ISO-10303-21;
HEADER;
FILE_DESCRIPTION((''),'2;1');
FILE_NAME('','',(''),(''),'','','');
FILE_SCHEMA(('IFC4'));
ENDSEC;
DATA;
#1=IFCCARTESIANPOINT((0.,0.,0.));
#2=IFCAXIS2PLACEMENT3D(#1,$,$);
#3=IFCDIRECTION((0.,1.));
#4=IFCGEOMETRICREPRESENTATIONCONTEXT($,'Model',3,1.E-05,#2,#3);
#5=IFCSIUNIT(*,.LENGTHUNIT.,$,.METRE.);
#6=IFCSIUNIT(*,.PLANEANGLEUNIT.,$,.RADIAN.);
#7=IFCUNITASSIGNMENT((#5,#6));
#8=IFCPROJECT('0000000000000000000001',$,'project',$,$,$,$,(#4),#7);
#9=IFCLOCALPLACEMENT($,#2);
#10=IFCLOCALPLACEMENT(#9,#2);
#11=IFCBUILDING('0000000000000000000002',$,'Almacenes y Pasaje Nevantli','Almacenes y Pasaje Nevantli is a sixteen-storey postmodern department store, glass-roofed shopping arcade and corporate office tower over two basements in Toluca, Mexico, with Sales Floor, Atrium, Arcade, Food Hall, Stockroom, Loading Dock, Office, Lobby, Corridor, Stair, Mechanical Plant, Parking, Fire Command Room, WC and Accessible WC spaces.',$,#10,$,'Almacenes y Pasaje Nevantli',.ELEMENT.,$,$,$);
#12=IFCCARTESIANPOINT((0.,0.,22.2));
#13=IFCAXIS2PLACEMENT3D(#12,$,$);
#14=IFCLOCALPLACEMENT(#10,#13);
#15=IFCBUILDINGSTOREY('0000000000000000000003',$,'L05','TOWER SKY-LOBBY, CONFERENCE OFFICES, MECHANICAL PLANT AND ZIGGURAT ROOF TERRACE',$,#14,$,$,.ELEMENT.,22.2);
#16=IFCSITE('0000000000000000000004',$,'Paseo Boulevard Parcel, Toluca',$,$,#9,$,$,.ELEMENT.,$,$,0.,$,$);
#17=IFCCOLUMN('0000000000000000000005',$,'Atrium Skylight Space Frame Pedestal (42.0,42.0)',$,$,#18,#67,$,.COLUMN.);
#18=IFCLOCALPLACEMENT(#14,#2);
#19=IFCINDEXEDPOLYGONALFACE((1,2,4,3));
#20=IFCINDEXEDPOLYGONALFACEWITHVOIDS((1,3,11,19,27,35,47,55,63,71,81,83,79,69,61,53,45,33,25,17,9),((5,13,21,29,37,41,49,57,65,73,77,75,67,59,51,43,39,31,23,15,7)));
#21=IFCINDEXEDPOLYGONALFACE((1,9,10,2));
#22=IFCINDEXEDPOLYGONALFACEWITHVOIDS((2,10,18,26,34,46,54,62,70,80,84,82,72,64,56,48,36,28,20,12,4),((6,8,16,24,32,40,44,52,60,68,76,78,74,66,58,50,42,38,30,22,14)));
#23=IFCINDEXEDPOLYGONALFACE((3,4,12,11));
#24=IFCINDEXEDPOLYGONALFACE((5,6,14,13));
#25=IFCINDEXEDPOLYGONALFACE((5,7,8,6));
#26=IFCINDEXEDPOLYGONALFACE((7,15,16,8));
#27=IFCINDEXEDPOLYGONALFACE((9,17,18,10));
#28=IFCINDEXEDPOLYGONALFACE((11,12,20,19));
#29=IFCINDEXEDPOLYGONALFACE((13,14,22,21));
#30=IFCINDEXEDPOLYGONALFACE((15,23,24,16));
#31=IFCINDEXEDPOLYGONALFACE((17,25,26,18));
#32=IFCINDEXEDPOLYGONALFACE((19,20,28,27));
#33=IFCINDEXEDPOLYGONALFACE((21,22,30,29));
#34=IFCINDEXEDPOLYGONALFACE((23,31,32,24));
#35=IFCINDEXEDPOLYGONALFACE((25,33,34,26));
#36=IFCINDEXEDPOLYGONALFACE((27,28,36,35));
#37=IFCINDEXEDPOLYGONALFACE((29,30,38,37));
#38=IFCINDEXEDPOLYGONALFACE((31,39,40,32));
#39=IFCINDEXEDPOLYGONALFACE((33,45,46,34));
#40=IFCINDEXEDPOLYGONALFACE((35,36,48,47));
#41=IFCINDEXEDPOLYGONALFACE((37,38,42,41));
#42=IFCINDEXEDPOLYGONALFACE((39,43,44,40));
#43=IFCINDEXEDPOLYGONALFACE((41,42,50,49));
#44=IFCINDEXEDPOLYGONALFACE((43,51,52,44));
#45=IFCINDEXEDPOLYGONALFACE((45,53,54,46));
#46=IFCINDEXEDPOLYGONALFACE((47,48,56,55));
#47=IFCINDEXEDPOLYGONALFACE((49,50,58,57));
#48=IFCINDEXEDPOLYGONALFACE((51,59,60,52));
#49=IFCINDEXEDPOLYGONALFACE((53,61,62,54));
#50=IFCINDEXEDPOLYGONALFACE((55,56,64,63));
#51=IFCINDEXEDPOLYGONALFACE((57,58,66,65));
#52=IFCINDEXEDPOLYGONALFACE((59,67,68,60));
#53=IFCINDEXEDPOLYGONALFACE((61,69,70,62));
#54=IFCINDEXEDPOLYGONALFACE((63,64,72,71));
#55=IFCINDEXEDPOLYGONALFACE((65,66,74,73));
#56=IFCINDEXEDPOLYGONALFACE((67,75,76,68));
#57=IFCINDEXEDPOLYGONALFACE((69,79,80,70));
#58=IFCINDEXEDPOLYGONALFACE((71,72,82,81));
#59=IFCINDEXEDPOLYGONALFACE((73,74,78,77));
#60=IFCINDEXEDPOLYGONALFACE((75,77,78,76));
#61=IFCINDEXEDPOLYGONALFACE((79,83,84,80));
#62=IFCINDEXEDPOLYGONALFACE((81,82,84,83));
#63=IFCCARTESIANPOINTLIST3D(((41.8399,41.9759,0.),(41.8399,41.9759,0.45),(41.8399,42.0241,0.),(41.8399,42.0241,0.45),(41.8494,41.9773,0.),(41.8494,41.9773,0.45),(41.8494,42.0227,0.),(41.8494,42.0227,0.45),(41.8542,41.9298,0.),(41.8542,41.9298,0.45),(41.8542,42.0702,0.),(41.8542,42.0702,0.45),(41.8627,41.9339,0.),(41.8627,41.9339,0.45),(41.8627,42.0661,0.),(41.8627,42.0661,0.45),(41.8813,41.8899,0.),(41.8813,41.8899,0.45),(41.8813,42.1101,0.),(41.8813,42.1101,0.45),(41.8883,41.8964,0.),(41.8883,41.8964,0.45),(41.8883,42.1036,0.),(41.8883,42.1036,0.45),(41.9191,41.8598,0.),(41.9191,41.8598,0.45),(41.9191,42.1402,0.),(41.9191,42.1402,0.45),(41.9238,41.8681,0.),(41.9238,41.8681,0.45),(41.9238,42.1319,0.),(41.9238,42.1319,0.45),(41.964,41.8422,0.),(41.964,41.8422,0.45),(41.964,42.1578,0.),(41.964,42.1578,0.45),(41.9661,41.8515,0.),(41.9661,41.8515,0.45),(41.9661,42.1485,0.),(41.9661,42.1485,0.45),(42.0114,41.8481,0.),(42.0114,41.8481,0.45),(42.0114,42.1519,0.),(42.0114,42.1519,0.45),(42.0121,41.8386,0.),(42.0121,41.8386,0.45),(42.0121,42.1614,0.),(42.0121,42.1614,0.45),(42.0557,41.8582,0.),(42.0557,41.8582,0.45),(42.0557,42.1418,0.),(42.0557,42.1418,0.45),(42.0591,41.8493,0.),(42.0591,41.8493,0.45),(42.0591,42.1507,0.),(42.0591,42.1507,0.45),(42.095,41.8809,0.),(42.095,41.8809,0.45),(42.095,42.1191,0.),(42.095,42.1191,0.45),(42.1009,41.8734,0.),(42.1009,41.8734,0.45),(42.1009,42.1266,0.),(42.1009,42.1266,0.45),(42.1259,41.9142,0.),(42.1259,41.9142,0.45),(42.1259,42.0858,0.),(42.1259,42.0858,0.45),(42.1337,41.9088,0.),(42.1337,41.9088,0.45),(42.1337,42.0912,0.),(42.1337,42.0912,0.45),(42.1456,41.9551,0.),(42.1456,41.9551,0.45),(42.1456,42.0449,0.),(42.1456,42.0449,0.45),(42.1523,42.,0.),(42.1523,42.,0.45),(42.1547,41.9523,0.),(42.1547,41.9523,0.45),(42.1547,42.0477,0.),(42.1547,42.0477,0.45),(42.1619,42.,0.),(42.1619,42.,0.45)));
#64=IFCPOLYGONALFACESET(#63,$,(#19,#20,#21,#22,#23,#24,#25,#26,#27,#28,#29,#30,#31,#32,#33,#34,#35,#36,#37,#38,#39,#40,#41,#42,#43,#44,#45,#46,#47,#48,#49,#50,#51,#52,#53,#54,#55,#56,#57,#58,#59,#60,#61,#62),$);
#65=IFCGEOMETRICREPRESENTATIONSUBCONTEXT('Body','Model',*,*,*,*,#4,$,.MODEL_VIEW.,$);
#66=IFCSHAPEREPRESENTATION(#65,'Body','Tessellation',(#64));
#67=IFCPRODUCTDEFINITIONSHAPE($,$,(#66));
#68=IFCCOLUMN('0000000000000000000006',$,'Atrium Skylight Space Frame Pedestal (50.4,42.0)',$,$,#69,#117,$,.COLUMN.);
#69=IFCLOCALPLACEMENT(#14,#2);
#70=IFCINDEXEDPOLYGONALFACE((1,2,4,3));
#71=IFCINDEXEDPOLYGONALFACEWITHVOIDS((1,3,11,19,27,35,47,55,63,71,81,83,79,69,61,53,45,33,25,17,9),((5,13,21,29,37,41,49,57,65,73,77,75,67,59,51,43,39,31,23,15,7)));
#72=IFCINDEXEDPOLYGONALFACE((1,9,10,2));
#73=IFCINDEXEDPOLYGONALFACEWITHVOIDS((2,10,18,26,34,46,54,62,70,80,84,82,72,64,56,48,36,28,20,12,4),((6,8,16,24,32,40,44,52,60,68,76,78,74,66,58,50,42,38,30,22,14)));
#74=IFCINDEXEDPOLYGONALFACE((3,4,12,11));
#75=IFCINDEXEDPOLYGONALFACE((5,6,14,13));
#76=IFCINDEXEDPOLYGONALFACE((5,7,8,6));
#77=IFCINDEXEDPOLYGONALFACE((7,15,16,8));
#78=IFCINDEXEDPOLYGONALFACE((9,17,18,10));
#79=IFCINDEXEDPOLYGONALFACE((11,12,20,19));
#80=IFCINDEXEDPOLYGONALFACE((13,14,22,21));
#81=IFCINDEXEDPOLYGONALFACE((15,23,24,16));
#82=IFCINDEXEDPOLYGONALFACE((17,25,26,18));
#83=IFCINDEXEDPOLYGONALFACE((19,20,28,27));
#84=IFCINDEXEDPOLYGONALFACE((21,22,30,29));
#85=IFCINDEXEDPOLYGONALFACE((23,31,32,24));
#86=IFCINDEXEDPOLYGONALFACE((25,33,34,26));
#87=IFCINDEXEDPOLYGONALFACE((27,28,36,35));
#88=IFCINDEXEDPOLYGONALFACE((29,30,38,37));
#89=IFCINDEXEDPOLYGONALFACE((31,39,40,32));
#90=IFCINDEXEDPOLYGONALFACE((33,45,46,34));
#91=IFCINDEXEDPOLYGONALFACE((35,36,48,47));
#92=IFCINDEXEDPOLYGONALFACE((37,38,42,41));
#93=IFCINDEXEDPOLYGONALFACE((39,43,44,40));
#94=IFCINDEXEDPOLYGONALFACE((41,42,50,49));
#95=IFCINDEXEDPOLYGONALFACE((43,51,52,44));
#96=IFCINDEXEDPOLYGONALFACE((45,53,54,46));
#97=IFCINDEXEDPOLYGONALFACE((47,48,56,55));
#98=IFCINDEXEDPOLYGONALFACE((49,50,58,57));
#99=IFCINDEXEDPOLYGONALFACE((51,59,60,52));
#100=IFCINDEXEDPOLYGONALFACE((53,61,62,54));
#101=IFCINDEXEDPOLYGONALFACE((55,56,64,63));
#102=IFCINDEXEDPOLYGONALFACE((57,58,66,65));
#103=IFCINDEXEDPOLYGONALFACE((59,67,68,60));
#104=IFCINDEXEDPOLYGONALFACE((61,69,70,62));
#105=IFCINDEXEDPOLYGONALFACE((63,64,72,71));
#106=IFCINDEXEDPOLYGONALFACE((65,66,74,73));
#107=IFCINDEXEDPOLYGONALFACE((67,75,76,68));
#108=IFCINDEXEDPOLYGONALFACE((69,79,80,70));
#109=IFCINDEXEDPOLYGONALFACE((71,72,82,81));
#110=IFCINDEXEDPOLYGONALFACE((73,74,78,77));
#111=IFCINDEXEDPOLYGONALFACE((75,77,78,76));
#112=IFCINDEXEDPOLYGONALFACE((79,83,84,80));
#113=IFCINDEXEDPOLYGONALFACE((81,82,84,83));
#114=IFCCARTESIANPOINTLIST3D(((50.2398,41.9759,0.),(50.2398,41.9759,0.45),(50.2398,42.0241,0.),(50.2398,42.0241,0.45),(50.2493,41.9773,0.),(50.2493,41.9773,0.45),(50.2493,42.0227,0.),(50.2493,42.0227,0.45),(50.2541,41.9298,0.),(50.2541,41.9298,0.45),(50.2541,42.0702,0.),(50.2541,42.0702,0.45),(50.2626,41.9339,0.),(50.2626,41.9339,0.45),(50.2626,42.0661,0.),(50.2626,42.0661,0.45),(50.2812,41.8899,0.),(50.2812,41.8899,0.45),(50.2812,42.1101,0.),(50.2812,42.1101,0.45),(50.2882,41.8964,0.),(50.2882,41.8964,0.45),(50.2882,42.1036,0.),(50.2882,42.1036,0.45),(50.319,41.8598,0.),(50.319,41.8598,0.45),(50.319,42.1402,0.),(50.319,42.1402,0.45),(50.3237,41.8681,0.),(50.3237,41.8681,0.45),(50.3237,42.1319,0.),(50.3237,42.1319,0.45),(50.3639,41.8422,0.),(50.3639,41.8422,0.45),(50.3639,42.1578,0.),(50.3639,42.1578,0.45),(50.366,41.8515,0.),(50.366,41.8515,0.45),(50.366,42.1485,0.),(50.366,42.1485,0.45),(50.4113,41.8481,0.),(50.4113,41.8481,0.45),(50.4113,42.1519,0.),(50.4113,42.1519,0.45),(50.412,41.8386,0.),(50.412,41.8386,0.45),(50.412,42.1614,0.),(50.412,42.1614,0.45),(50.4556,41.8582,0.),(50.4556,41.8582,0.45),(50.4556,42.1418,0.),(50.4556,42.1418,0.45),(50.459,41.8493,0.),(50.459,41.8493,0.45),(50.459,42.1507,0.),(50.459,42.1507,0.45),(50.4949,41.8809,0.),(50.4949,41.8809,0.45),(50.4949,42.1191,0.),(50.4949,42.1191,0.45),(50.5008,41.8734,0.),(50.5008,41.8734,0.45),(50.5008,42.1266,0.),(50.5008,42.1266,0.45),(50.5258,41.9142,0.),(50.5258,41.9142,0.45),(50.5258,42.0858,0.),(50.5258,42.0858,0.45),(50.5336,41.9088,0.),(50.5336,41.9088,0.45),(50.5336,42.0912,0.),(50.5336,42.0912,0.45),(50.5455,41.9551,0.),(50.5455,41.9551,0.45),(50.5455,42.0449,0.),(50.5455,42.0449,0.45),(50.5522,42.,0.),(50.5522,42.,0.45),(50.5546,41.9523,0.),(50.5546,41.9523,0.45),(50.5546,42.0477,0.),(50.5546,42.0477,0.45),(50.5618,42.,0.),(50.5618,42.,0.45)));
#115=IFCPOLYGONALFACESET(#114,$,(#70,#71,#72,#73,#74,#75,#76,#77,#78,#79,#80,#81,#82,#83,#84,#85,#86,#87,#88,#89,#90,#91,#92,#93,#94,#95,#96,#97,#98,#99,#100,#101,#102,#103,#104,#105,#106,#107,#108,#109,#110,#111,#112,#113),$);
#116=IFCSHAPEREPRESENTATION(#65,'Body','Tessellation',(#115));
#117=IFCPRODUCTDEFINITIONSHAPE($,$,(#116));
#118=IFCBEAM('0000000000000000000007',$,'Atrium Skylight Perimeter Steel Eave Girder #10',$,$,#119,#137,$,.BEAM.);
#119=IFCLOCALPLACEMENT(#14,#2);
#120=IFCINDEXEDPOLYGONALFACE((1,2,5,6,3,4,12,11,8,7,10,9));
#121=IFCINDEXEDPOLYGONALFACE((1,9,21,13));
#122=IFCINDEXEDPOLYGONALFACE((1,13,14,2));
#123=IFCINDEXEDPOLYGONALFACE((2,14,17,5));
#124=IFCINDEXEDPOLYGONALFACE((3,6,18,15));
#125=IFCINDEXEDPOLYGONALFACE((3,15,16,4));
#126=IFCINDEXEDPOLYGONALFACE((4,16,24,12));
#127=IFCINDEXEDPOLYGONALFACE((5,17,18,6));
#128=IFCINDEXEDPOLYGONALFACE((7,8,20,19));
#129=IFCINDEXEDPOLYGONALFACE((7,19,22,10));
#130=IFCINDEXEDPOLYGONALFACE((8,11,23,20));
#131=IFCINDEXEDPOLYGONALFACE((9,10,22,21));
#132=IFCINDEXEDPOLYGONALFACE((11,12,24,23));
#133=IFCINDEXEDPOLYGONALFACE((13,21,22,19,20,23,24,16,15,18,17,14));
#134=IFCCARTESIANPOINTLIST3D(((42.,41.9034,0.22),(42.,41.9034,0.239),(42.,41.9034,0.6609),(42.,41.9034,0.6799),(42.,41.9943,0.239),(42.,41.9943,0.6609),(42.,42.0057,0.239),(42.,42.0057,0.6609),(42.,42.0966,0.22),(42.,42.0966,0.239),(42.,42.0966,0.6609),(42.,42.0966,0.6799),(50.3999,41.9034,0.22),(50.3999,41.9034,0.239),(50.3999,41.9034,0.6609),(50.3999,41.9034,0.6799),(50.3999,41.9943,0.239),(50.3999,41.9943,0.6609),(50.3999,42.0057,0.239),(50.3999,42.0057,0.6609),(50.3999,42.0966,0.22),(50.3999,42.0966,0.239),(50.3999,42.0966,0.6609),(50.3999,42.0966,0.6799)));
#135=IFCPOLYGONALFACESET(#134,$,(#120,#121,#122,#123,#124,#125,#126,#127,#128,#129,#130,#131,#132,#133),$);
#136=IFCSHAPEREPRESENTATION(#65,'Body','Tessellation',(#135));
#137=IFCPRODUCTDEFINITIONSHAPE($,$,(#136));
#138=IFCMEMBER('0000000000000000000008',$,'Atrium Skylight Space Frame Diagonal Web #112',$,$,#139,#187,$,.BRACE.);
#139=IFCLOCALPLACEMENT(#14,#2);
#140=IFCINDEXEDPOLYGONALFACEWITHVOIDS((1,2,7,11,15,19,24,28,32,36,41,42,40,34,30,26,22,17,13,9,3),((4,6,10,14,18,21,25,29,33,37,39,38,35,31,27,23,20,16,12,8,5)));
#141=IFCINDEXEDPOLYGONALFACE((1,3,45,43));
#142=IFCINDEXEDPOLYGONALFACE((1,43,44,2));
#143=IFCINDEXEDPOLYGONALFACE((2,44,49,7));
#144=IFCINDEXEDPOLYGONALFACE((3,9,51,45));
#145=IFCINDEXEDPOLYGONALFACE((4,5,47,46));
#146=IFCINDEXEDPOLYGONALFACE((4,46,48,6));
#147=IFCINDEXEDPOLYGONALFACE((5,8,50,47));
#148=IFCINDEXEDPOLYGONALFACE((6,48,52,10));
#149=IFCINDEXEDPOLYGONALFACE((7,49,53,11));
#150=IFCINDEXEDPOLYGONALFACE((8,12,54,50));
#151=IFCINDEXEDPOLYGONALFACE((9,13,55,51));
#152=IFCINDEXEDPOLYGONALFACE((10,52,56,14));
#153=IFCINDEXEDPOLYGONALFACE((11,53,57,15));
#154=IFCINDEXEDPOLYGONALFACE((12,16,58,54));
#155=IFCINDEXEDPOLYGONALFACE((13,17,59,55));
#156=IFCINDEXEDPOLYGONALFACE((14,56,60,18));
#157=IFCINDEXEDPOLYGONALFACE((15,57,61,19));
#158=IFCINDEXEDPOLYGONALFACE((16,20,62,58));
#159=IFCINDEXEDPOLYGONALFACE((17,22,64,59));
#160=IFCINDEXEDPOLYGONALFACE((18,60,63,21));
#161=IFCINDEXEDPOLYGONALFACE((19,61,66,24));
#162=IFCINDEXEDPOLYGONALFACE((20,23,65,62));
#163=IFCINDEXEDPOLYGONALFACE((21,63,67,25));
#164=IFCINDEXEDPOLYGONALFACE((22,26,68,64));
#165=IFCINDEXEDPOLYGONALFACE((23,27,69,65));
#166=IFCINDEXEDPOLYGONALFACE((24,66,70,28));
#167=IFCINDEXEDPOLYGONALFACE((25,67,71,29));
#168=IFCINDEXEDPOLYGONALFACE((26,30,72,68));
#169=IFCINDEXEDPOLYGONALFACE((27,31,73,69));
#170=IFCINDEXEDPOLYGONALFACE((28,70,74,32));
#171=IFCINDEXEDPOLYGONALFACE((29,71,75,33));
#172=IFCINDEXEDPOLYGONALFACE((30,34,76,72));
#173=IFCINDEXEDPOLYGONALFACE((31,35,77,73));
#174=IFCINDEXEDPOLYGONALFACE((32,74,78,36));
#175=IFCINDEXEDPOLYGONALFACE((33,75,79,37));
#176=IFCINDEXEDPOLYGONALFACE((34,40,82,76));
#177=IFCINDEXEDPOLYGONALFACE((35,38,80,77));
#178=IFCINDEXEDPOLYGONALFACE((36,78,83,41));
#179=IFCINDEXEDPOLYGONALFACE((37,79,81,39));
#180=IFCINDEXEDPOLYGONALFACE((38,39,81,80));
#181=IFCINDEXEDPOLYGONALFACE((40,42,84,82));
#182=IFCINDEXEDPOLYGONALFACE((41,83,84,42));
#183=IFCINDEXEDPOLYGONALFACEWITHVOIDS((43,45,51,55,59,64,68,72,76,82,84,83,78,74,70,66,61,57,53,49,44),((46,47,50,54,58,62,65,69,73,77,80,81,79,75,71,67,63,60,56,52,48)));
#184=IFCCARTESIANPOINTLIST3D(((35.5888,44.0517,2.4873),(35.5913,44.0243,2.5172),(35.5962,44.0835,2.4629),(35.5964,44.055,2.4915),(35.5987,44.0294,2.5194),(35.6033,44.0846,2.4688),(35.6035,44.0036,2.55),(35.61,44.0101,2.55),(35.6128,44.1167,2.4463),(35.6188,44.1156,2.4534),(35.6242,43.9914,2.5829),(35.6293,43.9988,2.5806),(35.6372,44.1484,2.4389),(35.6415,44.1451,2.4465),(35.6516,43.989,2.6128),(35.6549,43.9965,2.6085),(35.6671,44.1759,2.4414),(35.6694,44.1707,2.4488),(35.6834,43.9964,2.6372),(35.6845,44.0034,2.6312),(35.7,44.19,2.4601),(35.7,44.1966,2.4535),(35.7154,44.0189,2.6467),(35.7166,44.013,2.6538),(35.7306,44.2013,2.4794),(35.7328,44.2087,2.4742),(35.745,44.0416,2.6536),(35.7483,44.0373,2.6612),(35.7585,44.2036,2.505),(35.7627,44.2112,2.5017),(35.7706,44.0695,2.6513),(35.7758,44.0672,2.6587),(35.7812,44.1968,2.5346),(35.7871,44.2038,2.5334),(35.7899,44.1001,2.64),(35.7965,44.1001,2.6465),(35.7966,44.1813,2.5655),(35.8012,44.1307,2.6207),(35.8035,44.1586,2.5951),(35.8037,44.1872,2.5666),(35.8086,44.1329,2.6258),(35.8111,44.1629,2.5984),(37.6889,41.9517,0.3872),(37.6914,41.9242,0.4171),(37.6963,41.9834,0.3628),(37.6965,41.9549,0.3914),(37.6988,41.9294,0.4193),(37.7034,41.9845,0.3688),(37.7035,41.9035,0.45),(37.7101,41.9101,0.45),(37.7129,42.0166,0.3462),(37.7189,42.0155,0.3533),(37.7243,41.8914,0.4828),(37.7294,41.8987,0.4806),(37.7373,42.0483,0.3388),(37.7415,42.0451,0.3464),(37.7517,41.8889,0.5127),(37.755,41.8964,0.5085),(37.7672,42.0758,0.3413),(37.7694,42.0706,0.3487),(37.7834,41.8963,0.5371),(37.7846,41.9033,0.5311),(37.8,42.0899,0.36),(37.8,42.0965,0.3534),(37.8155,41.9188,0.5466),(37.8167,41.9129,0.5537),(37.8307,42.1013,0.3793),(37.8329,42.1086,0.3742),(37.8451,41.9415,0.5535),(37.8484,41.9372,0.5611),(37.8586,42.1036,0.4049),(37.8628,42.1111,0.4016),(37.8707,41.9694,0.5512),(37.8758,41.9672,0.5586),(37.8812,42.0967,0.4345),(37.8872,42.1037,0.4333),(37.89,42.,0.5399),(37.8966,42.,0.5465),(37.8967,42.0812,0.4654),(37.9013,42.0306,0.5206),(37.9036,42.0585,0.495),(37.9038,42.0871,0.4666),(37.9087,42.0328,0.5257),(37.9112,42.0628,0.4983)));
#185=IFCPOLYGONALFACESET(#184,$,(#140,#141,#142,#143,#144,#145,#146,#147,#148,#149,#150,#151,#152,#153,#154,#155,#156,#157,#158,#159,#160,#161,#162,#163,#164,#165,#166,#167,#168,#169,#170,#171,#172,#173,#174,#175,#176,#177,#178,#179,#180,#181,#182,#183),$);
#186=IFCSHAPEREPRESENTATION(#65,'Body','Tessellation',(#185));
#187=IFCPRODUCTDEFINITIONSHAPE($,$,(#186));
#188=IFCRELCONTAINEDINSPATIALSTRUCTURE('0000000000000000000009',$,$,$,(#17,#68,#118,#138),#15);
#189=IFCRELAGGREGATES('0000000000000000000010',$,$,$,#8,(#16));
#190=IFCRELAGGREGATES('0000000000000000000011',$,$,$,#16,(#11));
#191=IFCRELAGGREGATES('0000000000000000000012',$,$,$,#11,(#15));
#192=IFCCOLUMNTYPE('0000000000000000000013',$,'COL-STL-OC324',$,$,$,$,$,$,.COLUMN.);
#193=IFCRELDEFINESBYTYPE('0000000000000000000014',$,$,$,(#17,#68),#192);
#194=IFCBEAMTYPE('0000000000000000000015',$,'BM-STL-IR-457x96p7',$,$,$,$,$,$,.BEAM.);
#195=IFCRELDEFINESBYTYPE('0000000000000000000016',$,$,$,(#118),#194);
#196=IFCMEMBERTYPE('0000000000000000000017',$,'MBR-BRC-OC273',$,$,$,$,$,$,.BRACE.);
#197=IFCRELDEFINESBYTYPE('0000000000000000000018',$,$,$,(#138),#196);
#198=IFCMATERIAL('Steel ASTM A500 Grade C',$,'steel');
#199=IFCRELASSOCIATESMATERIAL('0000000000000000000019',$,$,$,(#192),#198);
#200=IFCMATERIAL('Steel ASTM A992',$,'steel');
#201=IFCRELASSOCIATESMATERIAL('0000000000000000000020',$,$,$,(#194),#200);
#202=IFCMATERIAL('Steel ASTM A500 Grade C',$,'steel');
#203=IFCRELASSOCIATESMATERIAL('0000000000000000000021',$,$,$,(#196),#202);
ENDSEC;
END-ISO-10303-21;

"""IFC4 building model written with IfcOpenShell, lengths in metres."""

from ifc_helpers import new_model, si_unit, direction, frame, origin, origin_2d, place, context, subcontext, project, spatial, hollow_circle, i_section, extrude, material, material_profile, profile_set, type_object, element, save


model = new_model("IFC4")

# Units and contexts
model_context = context("Model", 3, precision=1e-05, world=origin(), true_north=direction((0.0, 1.0)))
body_context = subcontext(model_context, "Body", "Model", "MODEL_VIEW")
ifc_project = project(units=[si_unit("LENGTHUNIT", "METRE"), si_unit("PLANEANGLEUNIT", "RADIAN")], contexts=[model_context])

# Site, building, storey
site_placement = place(None, origin())
site = spatial("IfcSite", under=ifc_project, at=site_placement, Name="Paseo Boulevard Parcel, Toluca", CompositionType="ELEMENT", RefElevation=0.0)
building_placement = place(site_placement, origin())
building = spatial("IfcBuilding", under=site, at=building_placement, Name="Almacenes y Pasaje Nevantli", Description="Almacenes y Pasaje Nevantli is a sixteen-storey postmodern department store, glass-roofed shopping arcade and corporate office tower over two basements in Toluca, Mexico, with Sales Floor, Atrium, Arcade, Food Hall, Stockroom, Loading Dock, Office, Lobby, Corridor, Stair, Mechanical Plant, Parking, Fire Command Room, WC and Accessible WC spaces.", LongName="Almacenes y Pasaje Nevantli", CompositionType="ELEMENT")
storey_placement = place(building_placement, frame((0.0, 0.0, 22.2)))
storey = spatial("IfcBuildingStorey", under=building, at=storey_placement, Name="L05", Description="TOWER SKY-LOBBY, CONFERENCE OFFICES, MECHANICAL PLANT AND ZIGGURAT ROOF TERRACE", CompositionType="ELEMENT", Elevation=22.2)

# Columns
ifc_material_1 = material(Name="Steel ASTM A500 Grade C", Category="steel")
ifc_material_profile_1 = material_profile(ifc_material_1, hollow_circle(Radius=0.1619, WallThickness=0.0095, at=origin_2d()), Name="OC 324x9.5")
ifc_profile_set_1 = profile_set([ifc_material_profile_1], Name="Steel ASTM A500 Grade C")
column_type = type_object("IfcColumnType", Name="COL-STL-OC324", PredefinedType="COLUMN", material=ifc_profile_set_1)
for number, where, z_axis, x_axis, name in (
    (1, (42.0, 42.0, 0.0), (0.0, 0.0, 1.0), (1.0, 0.0, 0.0), "Atrium Skylight Space Frame Pedestal (42.0,42.0)"),
    (2, (50.3999, 42.0, 0.0), (0.0, 0.0, 1.0), (1.0, 0.0, 0.0), "Atrium Skylight Space Frame Pedestal (50.4,42.0)"),
):
    element("IfcColumn", number, at=place(storey_placement, frame(where, z_axis=z_axis, x_axis=x_axis)), inside=storey, type_object=column_type, Name=name, PredefinedType="COLUMN", context=body_context, shape_type="SweptSolid", body=[
        extrude(hollow_circle(Radius=0.1619, WallThickness=0.0095, at=origin_2d()), origin(), (0.0, 0.0, 1.0), 0.45),
    ])

# Beam
ifc_material_2 = material(Name="Steel ASTM A992", Category="steel")
ifc_material_profile_2 = material_profile(ifc_material_2, i_section(OverallWidth=0.1931, OverallDepth=0.46, WebThickness=0.0115, FlangeThickness=0.019, at=origin_2d()), Name="IR 457x96.7")
ifc_profile_set_2 = profile_set([ifc_material_profile_2], Name="Steel ASTM A992")
beam_type = type_object("IfcBeamType", Name="BM-STL-IR-457x96p7", PredefinedType="BEAM", material=ifc_profile_set_2)
beam_placement = place(storey_placement, frame((42.0, 42.0, 0.45), z_axis=(1.0, 0.0, 0.0), x_axis=(0.0, 1.0, 0.0)))
element("IfcBeam", 3, at=beam_placement, inside=storey, type_object=beam_type, Name="Atrium Skylight Perimeter Steel Eave Girder #10", PredefinedType="BEAM", context=body_context, shape_type="SweptSolid", body=[
    extrude(i_section(OverallWidth=0.1931, OverallDepth=0.46, WebThickness=0.0115, FlangeThickness=0.019, at=origin_2d()), origin(), (0.0, 0.0, 1.0), 8.3999),
])

# Member
ifc_material_3 = material(Name="Steel ASTM A500 Grade C", Category="steel")
ifc_material_profile_3 = material_profile(ifc_material_3, hollow_circle(Radius=0.1365, WallThickness=0.0093, at=origin_2d()), Name="OC 273x9.3")
ifc_profile_set_3 = profile_set([ifc_material_profile_3], Name="Steel ASTM A500 Grade C")
member_type_1 = type_object("IfcMemberType", Name="MBR-BRC-OC273", PredefinedType="BRACE", material=ifc_profile_set_3)
for number, where, z_axis, x_axis, name in (
    (4, (37.8, 42.0, 0.45), (-0.57735, 0.57735, 0.57735), (-0.707107, -0.707107, 0.0), "Atrium Skylight Space Frame Diagonal Web #112"),
):
    element("IfcMember", number, at=place(storey_placement, frame(where, z_axis=z_axis, x_axis=x_axis)), inside=storey, type_object=member_type_1, Name=name, PredefinedType="BRACE", context=body_context, shape_type="SweptSolid", body=[
        extrude(hollow_circle(Radius=0.1365, WallThickness=0.0093, at=origin_2d()), origin(), (0.0, 0.0, 1.0), 3.6375),
    ])

save(model, "model.ifc")
